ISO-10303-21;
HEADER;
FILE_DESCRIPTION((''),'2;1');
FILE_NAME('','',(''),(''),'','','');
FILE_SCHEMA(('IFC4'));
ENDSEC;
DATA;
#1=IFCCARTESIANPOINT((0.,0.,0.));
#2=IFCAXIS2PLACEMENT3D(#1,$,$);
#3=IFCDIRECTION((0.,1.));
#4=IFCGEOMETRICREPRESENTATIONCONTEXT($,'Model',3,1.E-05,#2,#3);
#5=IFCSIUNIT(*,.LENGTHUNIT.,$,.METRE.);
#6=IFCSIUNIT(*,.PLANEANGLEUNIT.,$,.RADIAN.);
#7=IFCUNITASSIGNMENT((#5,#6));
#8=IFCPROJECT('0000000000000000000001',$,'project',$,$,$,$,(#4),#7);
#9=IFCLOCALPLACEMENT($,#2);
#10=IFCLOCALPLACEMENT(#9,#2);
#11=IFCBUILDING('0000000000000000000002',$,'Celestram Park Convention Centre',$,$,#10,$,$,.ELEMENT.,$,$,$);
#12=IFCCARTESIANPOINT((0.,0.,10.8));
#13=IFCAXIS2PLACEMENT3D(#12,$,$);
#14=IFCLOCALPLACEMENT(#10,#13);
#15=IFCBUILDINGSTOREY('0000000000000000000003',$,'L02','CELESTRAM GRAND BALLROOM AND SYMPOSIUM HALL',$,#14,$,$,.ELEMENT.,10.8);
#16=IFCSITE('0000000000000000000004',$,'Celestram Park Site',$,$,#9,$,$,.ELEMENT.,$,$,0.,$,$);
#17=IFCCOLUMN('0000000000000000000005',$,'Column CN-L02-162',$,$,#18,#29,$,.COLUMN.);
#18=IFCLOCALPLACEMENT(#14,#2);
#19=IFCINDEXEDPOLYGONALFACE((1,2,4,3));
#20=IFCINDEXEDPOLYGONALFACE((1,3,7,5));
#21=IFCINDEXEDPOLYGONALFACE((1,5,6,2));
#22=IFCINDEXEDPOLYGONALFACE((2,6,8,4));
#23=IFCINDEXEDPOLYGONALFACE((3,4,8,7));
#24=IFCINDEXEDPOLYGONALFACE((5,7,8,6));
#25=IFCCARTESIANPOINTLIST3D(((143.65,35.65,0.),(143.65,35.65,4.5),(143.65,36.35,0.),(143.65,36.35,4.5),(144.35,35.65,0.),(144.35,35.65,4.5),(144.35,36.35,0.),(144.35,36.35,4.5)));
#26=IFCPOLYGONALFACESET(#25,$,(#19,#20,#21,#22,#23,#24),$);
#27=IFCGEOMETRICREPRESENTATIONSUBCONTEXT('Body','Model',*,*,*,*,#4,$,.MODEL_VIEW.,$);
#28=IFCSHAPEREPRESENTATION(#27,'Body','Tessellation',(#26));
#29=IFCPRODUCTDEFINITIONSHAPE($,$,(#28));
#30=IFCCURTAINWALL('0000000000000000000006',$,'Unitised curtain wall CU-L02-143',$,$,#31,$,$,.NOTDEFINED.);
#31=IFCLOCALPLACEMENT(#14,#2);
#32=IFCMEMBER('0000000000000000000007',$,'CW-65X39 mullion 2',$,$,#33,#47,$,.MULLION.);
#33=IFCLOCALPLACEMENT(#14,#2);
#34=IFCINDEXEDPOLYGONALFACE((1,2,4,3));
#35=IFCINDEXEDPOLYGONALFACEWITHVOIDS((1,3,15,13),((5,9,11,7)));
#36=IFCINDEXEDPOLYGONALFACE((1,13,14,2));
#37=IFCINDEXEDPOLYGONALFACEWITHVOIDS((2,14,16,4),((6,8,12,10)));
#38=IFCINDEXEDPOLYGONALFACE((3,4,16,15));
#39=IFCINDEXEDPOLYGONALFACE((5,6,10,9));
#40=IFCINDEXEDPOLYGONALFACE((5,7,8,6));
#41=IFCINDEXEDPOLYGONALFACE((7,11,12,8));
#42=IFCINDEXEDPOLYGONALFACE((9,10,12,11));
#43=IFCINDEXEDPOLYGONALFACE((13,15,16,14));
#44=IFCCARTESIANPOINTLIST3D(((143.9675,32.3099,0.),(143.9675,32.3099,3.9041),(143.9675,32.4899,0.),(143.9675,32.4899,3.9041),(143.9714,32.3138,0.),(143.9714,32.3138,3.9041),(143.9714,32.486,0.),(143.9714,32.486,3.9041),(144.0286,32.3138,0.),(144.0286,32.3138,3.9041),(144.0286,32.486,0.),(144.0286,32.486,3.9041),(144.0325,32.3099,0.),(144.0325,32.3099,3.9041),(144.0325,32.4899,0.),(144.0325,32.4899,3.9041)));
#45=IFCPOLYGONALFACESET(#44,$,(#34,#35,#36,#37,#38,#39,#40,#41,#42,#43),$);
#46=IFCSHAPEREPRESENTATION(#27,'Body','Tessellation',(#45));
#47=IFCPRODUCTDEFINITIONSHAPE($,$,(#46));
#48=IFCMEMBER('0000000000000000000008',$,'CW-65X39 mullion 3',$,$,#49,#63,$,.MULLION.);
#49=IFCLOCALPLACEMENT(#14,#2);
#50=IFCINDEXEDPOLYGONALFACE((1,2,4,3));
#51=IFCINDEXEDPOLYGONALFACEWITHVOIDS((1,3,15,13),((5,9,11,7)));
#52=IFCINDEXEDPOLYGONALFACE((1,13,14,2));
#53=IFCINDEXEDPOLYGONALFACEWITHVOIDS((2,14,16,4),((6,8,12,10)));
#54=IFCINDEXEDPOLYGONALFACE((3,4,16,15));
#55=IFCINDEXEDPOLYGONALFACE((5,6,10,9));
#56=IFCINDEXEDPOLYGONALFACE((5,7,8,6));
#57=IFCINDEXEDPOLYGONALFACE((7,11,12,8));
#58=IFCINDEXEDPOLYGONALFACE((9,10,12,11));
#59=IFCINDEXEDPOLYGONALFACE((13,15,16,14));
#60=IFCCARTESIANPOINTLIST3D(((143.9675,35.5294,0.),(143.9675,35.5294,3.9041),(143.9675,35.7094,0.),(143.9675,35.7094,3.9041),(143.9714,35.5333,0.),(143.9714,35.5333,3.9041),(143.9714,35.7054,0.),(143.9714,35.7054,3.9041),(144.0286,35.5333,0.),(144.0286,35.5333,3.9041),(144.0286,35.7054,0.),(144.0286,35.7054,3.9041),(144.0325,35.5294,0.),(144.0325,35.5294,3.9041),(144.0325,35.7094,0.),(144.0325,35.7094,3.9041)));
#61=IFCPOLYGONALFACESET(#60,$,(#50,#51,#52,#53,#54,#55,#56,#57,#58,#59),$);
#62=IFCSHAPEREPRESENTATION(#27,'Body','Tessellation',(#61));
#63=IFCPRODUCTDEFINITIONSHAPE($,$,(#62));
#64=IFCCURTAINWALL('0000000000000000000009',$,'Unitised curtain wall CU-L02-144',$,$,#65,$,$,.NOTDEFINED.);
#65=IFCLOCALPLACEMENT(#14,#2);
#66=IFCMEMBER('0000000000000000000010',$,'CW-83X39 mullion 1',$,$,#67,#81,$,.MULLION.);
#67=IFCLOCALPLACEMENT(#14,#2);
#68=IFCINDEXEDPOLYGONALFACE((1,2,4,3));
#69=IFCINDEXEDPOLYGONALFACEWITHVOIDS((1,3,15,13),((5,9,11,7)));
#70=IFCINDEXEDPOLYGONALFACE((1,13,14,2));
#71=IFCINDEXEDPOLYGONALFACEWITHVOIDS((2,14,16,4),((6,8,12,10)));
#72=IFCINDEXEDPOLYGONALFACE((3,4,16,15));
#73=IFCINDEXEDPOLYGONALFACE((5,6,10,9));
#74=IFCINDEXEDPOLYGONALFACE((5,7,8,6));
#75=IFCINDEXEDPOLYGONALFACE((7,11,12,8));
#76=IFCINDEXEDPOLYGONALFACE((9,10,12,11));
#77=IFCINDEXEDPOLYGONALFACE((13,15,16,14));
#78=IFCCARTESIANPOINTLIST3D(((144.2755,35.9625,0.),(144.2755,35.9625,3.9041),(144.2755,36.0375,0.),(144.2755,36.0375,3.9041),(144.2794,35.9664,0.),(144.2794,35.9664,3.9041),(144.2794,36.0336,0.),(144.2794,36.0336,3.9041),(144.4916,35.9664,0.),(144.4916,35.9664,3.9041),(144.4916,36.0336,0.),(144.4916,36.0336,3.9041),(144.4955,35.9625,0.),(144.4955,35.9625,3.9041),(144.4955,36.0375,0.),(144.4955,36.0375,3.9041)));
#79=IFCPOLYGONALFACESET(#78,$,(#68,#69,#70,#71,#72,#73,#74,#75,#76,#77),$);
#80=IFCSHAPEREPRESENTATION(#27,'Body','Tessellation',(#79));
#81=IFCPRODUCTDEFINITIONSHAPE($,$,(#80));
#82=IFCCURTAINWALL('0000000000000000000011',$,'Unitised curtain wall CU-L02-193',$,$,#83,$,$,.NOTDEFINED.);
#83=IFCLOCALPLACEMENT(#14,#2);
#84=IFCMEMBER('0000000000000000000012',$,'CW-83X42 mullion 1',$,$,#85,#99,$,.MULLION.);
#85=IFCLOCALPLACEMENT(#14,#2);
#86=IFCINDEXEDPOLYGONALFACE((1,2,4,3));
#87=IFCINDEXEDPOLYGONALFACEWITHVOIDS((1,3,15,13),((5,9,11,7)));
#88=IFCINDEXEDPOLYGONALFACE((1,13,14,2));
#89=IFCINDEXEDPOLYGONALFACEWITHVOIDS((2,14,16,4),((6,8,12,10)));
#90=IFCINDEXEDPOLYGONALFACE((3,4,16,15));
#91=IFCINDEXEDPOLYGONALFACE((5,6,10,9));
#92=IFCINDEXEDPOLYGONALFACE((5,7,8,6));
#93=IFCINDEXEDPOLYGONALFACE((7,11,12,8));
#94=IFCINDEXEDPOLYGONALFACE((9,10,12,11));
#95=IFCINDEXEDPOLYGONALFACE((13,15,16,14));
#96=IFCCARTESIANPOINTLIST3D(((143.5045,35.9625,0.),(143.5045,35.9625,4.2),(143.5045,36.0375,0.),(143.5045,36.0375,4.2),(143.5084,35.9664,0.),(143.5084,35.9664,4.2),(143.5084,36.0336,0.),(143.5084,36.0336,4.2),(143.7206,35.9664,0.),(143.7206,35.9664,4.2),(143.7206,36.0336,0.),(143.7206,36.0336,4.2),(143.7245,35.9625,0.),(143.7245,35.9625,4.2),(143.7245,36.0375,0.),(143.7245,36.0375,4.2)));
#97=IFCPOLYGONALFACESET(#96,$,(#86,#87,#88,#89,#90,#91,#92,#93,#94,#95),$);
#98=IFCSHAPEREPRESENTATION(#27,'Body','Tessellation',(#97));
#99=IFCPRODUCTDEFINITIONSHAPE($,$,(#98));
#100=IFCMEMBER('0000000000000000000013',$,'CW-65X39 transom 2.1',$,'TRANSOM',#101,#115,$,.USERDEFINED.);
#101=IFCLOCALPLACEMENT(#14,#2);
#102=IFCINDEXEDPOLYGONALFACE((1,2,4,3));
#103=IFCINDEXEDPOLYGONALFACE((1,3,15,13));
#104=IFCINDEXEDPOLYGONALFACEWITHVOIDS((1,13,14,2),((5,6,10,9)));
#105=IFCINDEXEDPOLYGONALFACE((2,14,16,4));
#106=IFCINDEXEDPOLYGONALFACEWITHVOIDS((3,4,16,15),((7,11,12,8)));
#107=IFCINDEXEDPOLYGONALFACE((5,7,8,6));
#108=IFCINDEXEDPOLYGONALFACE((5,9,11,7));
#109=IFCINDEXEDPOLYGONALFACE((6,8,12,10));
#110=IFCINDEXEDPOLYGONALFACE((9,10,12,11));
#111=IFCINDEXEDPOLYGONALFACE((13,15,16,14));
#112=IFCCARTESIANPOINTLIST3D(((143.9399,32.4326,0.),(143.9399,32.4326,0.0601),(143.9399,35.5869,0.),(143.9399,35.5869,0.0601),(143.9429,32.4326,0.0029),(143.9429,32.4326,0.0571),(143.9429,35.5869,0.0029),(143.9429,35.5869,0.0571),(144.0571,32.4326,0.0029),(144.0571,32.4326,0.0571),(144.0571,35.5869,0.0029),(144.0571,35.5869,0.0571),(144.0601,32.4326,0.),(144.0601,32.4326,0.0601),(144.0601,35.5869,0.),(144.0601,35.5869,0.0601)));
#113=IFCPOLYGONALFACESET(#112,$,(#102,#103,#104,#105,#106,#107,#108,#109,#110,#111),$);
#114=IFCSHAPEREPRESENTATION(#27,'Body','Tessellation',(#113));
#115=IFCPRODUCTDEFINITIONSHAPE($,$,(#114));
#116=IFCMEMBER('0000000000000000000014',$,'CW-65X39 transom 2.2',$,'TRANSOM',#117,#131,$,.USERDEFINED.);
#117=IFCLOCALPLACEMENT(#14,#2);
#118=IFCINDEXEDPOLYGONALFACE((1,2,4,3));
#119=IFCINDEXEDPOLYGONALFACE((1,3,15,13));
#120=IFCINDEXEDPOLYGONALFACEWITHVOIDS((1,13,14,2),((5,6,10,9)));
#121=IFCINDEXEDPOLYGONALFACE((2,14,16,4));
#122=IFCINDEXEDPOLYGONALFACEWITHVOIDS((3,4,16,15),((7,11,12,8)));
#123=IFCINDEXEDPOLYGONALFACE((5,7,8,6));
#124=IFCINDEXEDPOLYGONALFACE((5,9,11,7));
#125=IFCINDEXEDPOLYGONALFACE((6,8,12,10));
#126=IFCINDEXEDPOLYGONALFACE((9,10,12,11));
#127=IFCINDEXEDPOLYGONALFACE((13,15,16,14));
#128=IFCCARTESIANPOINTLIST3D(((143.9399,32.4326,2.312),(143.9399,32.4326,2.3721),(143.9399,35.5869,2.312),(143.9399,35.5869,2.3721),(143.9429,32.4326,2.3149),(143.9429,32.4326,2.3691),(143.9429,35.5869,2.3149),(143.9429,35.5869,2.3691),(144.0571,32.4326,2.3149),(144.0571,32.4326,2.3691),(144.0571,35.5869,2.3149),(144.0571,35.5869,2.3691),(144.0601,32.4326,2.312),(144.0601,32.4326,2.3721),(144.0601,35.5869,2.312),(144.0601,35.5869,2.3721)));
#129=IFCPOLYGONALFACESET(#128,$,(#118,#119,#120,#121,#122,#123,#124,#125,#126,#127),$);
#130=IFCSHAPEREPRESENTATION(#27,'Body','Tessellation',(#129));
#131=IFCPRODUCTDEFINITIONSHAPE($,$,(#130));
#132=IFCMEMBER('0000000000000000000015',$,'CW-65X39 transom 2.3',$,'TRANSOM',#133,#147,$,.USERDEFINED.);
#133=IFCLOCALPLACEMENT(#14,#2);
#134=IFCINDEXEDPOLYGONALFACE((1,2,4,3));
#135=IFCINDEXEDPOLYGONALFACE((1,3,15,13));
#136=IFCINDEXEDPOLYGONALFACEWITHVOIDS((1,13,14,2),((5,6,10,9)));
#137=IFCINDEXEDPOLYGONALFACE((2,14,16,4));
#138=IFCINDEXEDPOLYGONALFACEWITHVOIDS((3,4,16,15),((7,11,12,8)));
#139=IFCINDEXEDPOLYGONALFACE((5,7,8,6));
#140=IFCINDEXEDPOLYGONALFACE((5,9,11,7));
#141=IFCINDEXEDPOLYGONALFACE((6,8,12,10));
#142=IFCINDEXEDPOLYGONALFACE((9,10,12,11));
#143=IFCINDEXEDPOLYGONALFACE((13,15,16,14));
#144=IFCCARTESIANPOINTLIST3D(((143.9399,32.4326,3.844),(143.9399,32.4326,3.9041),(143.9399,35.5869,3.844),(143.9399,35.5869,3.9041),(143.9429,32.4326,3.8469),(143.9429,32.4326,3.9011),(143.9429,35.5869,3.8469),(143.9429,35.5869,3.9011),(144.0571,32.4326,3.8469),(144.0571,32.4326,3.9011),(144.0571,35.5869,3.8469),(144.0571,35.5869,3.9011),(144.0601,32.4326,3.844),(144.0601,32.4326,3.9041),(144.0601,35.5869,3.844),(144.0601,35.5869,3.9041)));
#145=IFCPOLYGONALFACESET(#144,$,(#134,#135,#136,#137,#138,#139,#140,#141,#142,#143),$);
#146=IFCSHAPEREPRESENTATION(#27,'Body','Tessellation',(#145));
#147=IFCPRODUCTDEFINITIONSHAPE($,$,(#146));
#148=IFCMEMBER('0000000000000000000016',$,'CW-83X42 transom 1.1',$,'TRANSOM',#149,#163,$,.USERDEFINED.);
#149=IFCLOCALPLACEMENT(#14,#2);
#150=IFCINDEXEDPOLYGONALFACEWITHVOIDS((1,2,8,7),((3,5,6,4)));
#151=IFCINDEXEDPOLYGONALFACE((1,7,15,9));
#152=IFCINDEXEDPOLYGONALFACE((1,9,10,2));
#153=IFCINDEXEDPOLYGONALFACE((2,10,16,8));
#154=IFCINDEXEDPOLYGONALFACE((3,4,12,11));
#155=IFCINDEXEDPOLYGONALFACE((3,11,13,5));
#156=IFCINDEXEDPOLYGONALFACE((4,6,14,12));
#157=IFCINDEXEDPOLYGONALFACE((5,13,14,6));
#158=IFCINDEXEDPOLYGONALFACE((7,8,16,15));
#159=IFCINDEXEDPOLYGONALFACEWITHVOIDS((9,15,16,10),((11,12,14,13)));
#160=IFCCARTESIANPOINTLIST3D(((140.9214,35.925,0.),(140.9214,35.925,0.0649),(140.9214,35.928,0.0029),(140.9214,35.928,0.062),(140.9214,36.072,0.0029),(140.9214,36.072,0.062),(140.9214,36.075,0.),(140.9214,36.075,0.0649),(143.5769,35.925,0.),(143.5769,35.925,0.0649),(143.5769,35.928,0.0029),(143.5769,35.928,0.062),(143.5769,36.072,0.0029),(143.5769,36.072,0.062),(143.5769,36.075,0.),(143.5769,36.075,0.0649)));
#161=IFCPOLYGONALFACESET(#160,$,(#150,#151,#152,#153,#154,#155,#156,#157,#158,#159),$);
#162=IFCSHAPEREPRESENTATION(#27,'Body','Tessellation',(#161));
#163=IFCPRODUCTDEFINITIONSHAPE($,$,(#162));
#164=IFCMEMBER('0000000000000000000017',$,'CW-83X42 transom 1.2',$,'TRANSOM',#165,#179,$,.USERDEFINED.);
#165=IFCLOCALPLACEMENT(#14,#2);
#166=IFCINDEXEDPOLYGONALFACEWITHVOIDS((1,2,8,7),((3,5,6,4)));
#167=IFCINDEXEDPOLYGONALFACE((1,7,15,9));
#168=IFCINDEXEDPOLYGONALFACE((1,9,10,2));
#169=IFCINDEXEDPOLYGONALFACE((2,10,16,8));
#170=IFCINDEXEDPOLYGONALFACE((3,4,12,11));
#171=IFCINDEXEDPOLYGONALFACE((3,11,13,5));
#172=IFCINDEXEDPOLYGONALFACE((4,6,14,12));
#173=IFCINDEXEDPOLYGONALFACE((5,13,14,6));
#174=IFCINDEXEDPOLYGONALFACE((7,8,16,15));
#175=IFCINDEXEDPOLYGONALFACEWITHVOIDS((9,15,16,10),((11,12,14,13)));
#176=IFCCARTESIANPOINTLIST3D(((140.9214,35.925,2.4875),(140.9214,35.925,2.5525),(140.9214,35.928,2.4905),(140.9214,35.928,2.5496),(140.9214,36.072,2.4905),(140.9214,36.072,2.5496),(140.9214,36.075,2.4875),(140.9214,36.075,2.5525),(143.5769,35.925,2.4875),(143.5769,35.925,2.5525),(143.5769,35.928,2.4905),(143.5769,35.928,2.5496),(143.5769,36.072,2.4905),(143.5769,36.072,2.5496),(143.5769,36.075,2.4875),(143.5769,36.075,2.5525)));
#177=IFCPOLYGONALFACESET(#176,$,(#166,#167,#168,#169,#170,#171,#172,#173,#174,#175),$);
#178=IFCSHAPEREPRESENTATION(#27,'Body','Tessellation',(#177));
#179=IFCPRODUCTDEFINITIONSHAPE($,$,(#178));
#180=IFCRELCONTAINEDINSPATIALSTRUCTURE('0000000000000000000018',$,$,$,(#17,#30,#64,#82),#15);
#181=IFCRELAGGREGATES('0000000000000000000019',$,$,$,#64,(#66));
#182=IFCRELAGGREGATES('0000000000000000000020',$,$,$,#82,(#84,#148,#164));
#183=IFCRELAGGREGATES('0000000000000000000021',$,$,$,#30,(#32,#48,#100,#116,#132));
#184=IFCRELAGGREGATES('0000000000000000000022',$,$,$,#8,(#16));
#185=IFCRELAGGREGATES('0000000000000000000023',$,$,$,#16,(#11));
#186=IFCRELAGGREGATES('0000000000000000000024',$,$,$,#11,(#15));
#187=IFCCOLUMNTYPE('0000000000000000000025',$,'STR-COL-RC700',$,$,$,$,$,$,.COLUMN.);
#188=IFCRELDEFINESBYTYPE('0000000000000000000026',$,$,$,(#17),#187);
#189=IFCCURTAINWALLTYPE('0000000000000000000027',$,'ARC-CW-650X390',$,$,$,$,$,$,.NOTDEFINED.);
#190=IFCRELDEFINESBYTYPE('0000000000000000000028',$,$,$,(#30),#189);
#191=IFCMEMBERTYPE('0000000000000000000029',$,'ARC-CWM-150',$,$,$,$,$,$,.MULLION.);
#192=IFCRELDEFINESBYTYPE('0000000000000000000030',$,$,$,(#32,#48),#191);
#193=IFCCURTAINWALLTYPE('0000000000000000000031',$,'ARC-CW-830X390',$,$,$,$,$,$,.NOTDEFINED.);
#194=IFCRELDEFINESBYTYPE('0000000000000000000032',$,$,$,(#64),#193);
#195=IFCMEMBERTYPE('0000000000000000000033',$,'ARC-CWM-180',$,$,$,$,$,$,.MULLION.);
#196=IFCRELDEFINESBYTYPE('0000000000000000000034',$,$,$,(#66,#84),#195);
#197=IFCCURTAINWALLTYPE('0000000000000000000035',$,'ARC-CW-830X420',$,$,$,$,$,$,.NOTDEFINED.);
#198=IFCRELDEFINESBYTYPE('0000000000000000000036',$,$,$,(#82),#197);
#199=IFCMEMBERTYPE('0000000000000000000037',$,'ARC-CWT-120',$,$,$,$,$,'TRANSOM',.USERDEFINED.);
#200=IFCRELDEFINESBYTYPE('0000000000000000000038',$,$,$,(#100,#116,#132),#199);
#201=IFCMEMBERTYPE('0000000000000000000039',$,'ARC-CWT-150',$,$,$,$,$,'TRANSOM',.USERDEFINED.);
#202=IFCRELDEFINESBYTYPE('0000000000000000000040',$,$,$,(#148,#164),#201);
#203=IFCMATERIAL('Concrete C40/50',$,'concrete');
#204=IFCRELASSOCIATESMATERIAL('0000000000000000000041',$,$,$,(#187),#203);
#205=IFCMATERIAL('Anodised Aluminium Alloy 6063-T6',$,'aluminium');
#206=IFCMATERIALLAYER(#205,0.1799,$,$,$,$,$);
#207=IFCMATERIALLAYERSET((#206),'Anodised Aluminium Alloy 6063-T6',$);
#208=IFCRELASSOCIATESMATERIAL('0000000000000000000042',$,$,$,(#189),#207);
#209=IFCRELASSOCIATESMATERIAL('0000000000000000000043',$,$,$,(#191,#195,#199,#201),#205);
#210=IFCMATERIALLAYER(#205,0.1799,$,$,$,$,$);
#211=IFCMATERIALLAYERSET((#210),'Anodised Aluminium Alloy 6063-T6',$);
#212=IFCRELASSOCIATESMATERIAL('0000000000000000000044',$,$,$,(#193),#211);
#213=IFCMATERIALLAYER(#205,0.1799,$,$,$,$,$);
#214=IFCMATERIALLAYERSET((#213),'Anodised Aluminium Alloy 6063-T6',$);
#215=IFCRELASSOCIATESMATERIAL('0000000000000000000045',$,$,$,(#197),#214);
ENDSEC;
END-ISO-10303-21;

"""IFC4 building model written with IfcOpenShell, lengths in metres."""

from ifc_helpers import new_model, si_unit, direction, frame, origin, origin_2d, place, context, subcontext, project, spatial, rectangle, hollow_rectangle, extrude, material, layer, layer_set, material_profile, profile_set, type_object, element, aggregate, save


model = new_model("IFC4")

# Units and contexts
model_context = context("Model", 3, precision=1e-05, world=origin(), true_north=direction((0.0, 1.0)))
body_context = subcontext(model_context, "Body", "Model", "MODEL_VIEW")
ifc_project = project(units=[si_unit("LENGTHUNIT", "METRE"), si_unit("PLANEANGLEUNIT", "RADIAN")], contexts=[model_context])

# Site, building, storey
site_placement = place(None, origin())
site = spatial("IfcSite", under=ifc_project, at=site_placement, Name="Celestram Park Site", CompositionType="ELEMENT", RefElevation=0.0)
building_placement = place(site_placement, origin())
building = spatial("IfcBuilding", under=site, at=building_placement, Name="Celestram Park Convention Centre", CompositionType="ELEMENT")
storey_placement = place(building_placement, frame((0.0, 0.0, 10.8)))
storey = spatial("IfcBuildingStorey", under=building, at=storey_placement, Name="L02", Description="CELESTRAM GRAND BALLROOM AND SYMPOSIUM HALL", CompositionType="ELEMENT", Elevation=10.8)

# Column
ifc_material_1 = material(Name="Concrete C40/50", Category="concrete")
ifc_material_profile_1 = material_profile(ifc_material_1, rectangle(XDim=0.7, YDim=0.7, at=origin_2d()), Name="RC700X700")
ifc_profile_set_1 = profile_set([ifc_material_profile_1], Name="Concrete C40/50")
column_type = type_object("IfcColumnType", Name="STR-COL-RC700", PredefinedType="COLUMN", material=ifc_profile_set_1)
column_placement = place(storey_placement, frame((144.0, 36.0, 0.0), z_axis=(0.0, 0.0, 1.0), x_axis=(1.0, 0.0, 0.0)))
element("IfcColumn", 1, at=column_placement, inside=storey, type_object=column_type, Name="Column CN-L02-162", PredefinedType="COLUMN", context=body_context, shape_type="SweptSolid", body=[
    extrude(rectangle(XDim=0.7, YDim=0.7, at=origin_2d()), origin(), (0.0, 0.0, 1.0), 4.5),
])

# Curtain wall, members
ifc_material_2 = material(Name="Anodised Aluminium Alloy 6063-T6", Category="aluminium")
ifc_layer_1 = layer(ifc_material_2, 0.1799)
ifc_layer_set_1 = layer_set([ifc_layer_1], Name="Anodised Aluminium Alloy 6063-T6")
curtain_wall_type_1 = type_object("IfcCurtainWallType", Name="ARC-CW-650X390", PredefinedType="NOTDEFINED", material=ifc_layer_set_1)
curtain_wall_1_placement = place(storey_placement, origin())
curtain_wall_1 = element("IfcCurtainWall", 2, at=curtain_wall_1_placement, inside=storey, type_object=curtain_wall_type_1, Name="Unitised curtain wall CU-L02-143", PredefinedType="NOTDEFINED")
ifc_material_profile_2 = material_profile(ifc_material_2, hollow_rectangle(XDim=0.0649, YDim=0.1799, WallThickness=0.0039, at=origin_2d()), Name="ALU65X180X4")
ifc_profile_set_2 = profile_set([ifc_material_profile_2], Name="Anodised Aluminium Alloy 6063-T6")
member_type_1 = type_object("IfcMemberType", Name="ARC-CWM-150", PredefinedType="MULLION", material=ifc_profile_set_2)
member_1_placement = place(storey_placement, frame((144.0, 32.3999, 0.0), z_axis=(0.0, 0.0, 1.0), x_axis=(-1.0, 0.0, 0.0)))
member_1 = element("IfcMember", 3, at=member_1_placement, type_object=member_type_1, Name="CW-65X39 mullion 2", PredefinedType="MULLION", context=body_context, shape_type="SweptSolid", body=[
    extrude(hollow_rectangle(XDim=0.0649, YDim=0.1799, WallThickness=0.0039, at=origin_2d()), origin(), (0.0, 0.0, 1.0), 3.9041),
])
member_2_placement = place(storey_placement, frame((144.0, 35.6194, 0.0), z_axis=(0.0, 0.0, 1.0), x_axis=(-1.0, 0.0, 0.0)))
member_2 = element("IfcMember", 4, at=member_2_placement, type_object=member_type_1, Name="CW-65X39 mullion 3", PredefinedType="MULLION", context=body_context, shape_type="SweptSolid", body=[
    extrude(hollow_rectangle(XDim=0.0649, YDim=0.1799, WallThickness=0.0039, at=origin_2d()), origin(), (0.0, 0.0, 1.0), 3.9041),
])

# Curtain walls, members
ifc_layer_2 = layer(ifc_material_2, 0.1799)
ifc_layer_set_2 = layer_set([ifc_layer_2], Name="Anodised Aluminium Alloy 6063-T6")
curtain_wall_type_2 = type_object("IfcCurtainWallType", Name="ARC-CW-830X390", PredefinedType="NOTDEFINED", material=ifc_layer_set_2)
curtain_wall_2_placement = place(storey_placement, origin())
curtain_wall_2 = element("IfcCurtainWall", 5, at=curtain_wall_2_placement, inside=storey, type_object=curtain_wall_type_2, Name="Unitised curtain wall CU-L02-144", PredefinedType="NOTDEFINED")
ifc_material_profile_3 = material_profile(ifc_material_2, hollow_rectangle(XDim=0.075, YDim=0.22, WallThickness=0.0039, at=origin_2d()), Name="ALU75X220X4")
ifc_profile_set_3 = profile_set([ifc_material_profile_3], Name="Anodised Aluminium Alloy 6063-T6")
member_type_2 = type_object("IfcMemberType", Name="ARC-CWM-180", PredefinedType="MULLION", material=ifc_profile_set_3)
member_3_placement = place(storey_placement, frame((144.3855, 36.0, 0.0), z_axis=(0.0, 0.0, 1.0), x_axis=(0.0, 1.0, 0.0)))
member_3 = element("IfcMember", 6, at=member_3_placement, type_object=member_type_2, Name="CW-83X39 mullion 1", PredefinedType="MULLION", context=body_context, shape_type="SweptSolid", body=[
    extrude(hollow_rectangle(XDim=0.075, YDim=0.22, WallThickness=0.0039, at=origin_2d()), origin(), (0.0, 0.0, 1.0), 3.9041),
])
aggregate(curtain_wall_2, [member_3])
ifc_layer_3 = layer(ifc_material_2, 0.1799)
ifc_layer_set_3 = layer_set([ifc_layer_3], Name="Anodised Aluminium Alloy 6063-T6")
curtain_wall_type_3 = type_object("IfcCurtainWallType", Name="ARC-CW-830X420", PredefinedType="NOTDEFINED", material=ifc_layer_set_3)
curtain_wall_3_placement = place(storey_placement, origin())
curtain_wall_3 = element("IfcCurtainWall", 7, at=curtain_wall_3_placement, inside=storey, type_object=curtain_wall_type_3, Name="Unitised curtain wall CU-L02-193", PredefinedType="NOTDEFINED")
member_4_placement = place(storey_placement, frame((143.6145, 36.0, 0.0), z_axis=(0.0, 0.0, 1.0), x_axis=(0.0, -1.0, 0.0)))
member_4 = element("IfcMember", 8, at=member_4_placement, type_object=member_type_2, Name="CW-83X42 mullion 1", PredefinedType="MULLION", context=body_context, shape_type="SweptSolid", body=[
    extrude(hollow_rectangle(XDim=0.075, YDim=0.22, WallThickness=0.0039, at=origin_2d()), origin(), (0.0, 0.0, 1.0), 4.2),
])

# Members
ifc_material_profile_4 = material_profile(ifc_material_2, hollow_rectangle(XDim=0.1201, YDim=0.0601, WallThickness=0.0029, at=origin_2d()), Name="ALU120X60X3")
ifc_profile_set_4 = profile_set([ifc_material_profile_4], Name="Anodised Aluminium Alloy 6063-T6")
member_type_3 = type_object("IfcMemberType", Name="ARC-CWT-120", ElementType="TRANSOM", PredefinedType="USERDEFINED", material=ifc_profile_set_4)
member_5_placement = place(storey_placement, frame((144.0, 32.4326, 0.03), z_axis=(0.0, 1.0, 0.0), x_axis=(-1.0, 0.0, 0.0)))
member_5 = element("IfcMember", 9, at=member_5_placement, type_object=member_type_3, Name="CW-65X39 transom 2.1", ObjectType="TRANSOM", PredefinedType="USERDEFINED", context=body_context, shape_type="SweptSolid", body=[
    extrude(hollow_rectangle(XDim=0.1201, YDim=0.0601, WallThickness=0.0029, at=origin_2d()), origin(), (0.0, 0.0, 1.0), 3.1543),
])
member_6_placement = place(storey_placement, frame((144.0, 32.4326, 2.342), z_axis=(0.0, 1.0, 0.0), x_axis=(-1.0, 0.0, 0.0)))
member_6 = element("IfcMember", 10, at=member_6_placement, type_object=member_type_3, Name="CW-65X39 transom 2.2", ObjectType="TRANSOM", PredefinedType="USERDEFINED", context=body_context, shape_type="SweptSolid", body=[
    extrude(hollow_rectangle(XDim=0.1201, YDim=0.0601, WallThickness=0.0029, at=origin_2d()), origin(), (0.0, 0.0, 1.0), 3.1543),
])
member_7_placement = place(storey_placement, frame((144.0, 32.4326, 3.874), z_axis=(0.0, 1.0, 0.0), x_axis=(-1.0, 0.0, 0.0)))
member_7 = element("IfcMember", 11, at=member_7_placement, type_object=member_type_3, Name="CW-65X39 transom 2.3", ObjectType="TRANSOM", PredefinedType="USERDEFINED", context=body_context, shape_type="SweptSolid", body=[
    extrude(hollow_rectangle(XDim=0.1201, YDim=0.0601, WallThickness=0.0029, at=origin_2d()), origin(), (0.0, 0.0, 1.0), 3.1543),
])
ifc_material_profile_5 = material_profile(ifc_material_2, hollow_rectangle(XDim=0.1499, YDim=0.0649, WallThickness=0.0029, at=origin_2d()), Name="ALU150X65X3")
ifc_profile_set_5 = profile_set([ifc_material_profile_5], Name="Anodised Aluminium Alloy 6063-T6")
member_type_4 = type_object("IfcMemberType", Name="ARC-CWT-150", ElementType="TRANSOM", PredefinedType="USERDEFINED", material=ifc_profile_set_5)
member_8_placement = place(storey_placement, frame((143.5769, 36.0, 0.0325), z_axis=(-1.0, 0.0, 0.0), x_axis=(0.0, -1.0, 0.0)))
member_8 = element("IfcMember", 12, at=member_8_placement, type_object=member_type_4, Name="CW-83X42 transom 1.1", ObjectType="TRANSOM", PredefinedType="USERDEFINED", context=body_context, shape_type="SweptSolid", body=[
    extrude(hollow_rectangle(XDim=0.1499, YDim=0.0649, WallThickness=0.0029, at=origin_2d()), origin(), (0.0, 0.0, 1.0), 2.6555),
])
member_9_placement = place(storey_placement, frame((143.5769, 36.0, 2.52), z_axis=(-1.0, 0.0, 0.0), x_axis=(0.0, -1.0, 0.0)))
member_9 = element("IfcMember", 13, at=member_9_placement, type_object=member_type_4, Name="CW-83X42 transom 1.2", ObjectType="TRANSOM", PredefinedType="USERDEFINED", context=body_context, shape_type="SweptSolid", body=[
    extrude(hollow_rectangle(XDim=0.1499, YDim=0.0649, WallThickness=0.0029, at=origin_2d()), origin(), (0.0, 0.0, 1.0), 2.6555),
])
aggregate(curtain_wall_3, [member_4, member_8, member_9])

aggregate(curtain_wall_1, [member_1, member_2, member_5, member_6, member_7])

save(model, "model.ifc")
